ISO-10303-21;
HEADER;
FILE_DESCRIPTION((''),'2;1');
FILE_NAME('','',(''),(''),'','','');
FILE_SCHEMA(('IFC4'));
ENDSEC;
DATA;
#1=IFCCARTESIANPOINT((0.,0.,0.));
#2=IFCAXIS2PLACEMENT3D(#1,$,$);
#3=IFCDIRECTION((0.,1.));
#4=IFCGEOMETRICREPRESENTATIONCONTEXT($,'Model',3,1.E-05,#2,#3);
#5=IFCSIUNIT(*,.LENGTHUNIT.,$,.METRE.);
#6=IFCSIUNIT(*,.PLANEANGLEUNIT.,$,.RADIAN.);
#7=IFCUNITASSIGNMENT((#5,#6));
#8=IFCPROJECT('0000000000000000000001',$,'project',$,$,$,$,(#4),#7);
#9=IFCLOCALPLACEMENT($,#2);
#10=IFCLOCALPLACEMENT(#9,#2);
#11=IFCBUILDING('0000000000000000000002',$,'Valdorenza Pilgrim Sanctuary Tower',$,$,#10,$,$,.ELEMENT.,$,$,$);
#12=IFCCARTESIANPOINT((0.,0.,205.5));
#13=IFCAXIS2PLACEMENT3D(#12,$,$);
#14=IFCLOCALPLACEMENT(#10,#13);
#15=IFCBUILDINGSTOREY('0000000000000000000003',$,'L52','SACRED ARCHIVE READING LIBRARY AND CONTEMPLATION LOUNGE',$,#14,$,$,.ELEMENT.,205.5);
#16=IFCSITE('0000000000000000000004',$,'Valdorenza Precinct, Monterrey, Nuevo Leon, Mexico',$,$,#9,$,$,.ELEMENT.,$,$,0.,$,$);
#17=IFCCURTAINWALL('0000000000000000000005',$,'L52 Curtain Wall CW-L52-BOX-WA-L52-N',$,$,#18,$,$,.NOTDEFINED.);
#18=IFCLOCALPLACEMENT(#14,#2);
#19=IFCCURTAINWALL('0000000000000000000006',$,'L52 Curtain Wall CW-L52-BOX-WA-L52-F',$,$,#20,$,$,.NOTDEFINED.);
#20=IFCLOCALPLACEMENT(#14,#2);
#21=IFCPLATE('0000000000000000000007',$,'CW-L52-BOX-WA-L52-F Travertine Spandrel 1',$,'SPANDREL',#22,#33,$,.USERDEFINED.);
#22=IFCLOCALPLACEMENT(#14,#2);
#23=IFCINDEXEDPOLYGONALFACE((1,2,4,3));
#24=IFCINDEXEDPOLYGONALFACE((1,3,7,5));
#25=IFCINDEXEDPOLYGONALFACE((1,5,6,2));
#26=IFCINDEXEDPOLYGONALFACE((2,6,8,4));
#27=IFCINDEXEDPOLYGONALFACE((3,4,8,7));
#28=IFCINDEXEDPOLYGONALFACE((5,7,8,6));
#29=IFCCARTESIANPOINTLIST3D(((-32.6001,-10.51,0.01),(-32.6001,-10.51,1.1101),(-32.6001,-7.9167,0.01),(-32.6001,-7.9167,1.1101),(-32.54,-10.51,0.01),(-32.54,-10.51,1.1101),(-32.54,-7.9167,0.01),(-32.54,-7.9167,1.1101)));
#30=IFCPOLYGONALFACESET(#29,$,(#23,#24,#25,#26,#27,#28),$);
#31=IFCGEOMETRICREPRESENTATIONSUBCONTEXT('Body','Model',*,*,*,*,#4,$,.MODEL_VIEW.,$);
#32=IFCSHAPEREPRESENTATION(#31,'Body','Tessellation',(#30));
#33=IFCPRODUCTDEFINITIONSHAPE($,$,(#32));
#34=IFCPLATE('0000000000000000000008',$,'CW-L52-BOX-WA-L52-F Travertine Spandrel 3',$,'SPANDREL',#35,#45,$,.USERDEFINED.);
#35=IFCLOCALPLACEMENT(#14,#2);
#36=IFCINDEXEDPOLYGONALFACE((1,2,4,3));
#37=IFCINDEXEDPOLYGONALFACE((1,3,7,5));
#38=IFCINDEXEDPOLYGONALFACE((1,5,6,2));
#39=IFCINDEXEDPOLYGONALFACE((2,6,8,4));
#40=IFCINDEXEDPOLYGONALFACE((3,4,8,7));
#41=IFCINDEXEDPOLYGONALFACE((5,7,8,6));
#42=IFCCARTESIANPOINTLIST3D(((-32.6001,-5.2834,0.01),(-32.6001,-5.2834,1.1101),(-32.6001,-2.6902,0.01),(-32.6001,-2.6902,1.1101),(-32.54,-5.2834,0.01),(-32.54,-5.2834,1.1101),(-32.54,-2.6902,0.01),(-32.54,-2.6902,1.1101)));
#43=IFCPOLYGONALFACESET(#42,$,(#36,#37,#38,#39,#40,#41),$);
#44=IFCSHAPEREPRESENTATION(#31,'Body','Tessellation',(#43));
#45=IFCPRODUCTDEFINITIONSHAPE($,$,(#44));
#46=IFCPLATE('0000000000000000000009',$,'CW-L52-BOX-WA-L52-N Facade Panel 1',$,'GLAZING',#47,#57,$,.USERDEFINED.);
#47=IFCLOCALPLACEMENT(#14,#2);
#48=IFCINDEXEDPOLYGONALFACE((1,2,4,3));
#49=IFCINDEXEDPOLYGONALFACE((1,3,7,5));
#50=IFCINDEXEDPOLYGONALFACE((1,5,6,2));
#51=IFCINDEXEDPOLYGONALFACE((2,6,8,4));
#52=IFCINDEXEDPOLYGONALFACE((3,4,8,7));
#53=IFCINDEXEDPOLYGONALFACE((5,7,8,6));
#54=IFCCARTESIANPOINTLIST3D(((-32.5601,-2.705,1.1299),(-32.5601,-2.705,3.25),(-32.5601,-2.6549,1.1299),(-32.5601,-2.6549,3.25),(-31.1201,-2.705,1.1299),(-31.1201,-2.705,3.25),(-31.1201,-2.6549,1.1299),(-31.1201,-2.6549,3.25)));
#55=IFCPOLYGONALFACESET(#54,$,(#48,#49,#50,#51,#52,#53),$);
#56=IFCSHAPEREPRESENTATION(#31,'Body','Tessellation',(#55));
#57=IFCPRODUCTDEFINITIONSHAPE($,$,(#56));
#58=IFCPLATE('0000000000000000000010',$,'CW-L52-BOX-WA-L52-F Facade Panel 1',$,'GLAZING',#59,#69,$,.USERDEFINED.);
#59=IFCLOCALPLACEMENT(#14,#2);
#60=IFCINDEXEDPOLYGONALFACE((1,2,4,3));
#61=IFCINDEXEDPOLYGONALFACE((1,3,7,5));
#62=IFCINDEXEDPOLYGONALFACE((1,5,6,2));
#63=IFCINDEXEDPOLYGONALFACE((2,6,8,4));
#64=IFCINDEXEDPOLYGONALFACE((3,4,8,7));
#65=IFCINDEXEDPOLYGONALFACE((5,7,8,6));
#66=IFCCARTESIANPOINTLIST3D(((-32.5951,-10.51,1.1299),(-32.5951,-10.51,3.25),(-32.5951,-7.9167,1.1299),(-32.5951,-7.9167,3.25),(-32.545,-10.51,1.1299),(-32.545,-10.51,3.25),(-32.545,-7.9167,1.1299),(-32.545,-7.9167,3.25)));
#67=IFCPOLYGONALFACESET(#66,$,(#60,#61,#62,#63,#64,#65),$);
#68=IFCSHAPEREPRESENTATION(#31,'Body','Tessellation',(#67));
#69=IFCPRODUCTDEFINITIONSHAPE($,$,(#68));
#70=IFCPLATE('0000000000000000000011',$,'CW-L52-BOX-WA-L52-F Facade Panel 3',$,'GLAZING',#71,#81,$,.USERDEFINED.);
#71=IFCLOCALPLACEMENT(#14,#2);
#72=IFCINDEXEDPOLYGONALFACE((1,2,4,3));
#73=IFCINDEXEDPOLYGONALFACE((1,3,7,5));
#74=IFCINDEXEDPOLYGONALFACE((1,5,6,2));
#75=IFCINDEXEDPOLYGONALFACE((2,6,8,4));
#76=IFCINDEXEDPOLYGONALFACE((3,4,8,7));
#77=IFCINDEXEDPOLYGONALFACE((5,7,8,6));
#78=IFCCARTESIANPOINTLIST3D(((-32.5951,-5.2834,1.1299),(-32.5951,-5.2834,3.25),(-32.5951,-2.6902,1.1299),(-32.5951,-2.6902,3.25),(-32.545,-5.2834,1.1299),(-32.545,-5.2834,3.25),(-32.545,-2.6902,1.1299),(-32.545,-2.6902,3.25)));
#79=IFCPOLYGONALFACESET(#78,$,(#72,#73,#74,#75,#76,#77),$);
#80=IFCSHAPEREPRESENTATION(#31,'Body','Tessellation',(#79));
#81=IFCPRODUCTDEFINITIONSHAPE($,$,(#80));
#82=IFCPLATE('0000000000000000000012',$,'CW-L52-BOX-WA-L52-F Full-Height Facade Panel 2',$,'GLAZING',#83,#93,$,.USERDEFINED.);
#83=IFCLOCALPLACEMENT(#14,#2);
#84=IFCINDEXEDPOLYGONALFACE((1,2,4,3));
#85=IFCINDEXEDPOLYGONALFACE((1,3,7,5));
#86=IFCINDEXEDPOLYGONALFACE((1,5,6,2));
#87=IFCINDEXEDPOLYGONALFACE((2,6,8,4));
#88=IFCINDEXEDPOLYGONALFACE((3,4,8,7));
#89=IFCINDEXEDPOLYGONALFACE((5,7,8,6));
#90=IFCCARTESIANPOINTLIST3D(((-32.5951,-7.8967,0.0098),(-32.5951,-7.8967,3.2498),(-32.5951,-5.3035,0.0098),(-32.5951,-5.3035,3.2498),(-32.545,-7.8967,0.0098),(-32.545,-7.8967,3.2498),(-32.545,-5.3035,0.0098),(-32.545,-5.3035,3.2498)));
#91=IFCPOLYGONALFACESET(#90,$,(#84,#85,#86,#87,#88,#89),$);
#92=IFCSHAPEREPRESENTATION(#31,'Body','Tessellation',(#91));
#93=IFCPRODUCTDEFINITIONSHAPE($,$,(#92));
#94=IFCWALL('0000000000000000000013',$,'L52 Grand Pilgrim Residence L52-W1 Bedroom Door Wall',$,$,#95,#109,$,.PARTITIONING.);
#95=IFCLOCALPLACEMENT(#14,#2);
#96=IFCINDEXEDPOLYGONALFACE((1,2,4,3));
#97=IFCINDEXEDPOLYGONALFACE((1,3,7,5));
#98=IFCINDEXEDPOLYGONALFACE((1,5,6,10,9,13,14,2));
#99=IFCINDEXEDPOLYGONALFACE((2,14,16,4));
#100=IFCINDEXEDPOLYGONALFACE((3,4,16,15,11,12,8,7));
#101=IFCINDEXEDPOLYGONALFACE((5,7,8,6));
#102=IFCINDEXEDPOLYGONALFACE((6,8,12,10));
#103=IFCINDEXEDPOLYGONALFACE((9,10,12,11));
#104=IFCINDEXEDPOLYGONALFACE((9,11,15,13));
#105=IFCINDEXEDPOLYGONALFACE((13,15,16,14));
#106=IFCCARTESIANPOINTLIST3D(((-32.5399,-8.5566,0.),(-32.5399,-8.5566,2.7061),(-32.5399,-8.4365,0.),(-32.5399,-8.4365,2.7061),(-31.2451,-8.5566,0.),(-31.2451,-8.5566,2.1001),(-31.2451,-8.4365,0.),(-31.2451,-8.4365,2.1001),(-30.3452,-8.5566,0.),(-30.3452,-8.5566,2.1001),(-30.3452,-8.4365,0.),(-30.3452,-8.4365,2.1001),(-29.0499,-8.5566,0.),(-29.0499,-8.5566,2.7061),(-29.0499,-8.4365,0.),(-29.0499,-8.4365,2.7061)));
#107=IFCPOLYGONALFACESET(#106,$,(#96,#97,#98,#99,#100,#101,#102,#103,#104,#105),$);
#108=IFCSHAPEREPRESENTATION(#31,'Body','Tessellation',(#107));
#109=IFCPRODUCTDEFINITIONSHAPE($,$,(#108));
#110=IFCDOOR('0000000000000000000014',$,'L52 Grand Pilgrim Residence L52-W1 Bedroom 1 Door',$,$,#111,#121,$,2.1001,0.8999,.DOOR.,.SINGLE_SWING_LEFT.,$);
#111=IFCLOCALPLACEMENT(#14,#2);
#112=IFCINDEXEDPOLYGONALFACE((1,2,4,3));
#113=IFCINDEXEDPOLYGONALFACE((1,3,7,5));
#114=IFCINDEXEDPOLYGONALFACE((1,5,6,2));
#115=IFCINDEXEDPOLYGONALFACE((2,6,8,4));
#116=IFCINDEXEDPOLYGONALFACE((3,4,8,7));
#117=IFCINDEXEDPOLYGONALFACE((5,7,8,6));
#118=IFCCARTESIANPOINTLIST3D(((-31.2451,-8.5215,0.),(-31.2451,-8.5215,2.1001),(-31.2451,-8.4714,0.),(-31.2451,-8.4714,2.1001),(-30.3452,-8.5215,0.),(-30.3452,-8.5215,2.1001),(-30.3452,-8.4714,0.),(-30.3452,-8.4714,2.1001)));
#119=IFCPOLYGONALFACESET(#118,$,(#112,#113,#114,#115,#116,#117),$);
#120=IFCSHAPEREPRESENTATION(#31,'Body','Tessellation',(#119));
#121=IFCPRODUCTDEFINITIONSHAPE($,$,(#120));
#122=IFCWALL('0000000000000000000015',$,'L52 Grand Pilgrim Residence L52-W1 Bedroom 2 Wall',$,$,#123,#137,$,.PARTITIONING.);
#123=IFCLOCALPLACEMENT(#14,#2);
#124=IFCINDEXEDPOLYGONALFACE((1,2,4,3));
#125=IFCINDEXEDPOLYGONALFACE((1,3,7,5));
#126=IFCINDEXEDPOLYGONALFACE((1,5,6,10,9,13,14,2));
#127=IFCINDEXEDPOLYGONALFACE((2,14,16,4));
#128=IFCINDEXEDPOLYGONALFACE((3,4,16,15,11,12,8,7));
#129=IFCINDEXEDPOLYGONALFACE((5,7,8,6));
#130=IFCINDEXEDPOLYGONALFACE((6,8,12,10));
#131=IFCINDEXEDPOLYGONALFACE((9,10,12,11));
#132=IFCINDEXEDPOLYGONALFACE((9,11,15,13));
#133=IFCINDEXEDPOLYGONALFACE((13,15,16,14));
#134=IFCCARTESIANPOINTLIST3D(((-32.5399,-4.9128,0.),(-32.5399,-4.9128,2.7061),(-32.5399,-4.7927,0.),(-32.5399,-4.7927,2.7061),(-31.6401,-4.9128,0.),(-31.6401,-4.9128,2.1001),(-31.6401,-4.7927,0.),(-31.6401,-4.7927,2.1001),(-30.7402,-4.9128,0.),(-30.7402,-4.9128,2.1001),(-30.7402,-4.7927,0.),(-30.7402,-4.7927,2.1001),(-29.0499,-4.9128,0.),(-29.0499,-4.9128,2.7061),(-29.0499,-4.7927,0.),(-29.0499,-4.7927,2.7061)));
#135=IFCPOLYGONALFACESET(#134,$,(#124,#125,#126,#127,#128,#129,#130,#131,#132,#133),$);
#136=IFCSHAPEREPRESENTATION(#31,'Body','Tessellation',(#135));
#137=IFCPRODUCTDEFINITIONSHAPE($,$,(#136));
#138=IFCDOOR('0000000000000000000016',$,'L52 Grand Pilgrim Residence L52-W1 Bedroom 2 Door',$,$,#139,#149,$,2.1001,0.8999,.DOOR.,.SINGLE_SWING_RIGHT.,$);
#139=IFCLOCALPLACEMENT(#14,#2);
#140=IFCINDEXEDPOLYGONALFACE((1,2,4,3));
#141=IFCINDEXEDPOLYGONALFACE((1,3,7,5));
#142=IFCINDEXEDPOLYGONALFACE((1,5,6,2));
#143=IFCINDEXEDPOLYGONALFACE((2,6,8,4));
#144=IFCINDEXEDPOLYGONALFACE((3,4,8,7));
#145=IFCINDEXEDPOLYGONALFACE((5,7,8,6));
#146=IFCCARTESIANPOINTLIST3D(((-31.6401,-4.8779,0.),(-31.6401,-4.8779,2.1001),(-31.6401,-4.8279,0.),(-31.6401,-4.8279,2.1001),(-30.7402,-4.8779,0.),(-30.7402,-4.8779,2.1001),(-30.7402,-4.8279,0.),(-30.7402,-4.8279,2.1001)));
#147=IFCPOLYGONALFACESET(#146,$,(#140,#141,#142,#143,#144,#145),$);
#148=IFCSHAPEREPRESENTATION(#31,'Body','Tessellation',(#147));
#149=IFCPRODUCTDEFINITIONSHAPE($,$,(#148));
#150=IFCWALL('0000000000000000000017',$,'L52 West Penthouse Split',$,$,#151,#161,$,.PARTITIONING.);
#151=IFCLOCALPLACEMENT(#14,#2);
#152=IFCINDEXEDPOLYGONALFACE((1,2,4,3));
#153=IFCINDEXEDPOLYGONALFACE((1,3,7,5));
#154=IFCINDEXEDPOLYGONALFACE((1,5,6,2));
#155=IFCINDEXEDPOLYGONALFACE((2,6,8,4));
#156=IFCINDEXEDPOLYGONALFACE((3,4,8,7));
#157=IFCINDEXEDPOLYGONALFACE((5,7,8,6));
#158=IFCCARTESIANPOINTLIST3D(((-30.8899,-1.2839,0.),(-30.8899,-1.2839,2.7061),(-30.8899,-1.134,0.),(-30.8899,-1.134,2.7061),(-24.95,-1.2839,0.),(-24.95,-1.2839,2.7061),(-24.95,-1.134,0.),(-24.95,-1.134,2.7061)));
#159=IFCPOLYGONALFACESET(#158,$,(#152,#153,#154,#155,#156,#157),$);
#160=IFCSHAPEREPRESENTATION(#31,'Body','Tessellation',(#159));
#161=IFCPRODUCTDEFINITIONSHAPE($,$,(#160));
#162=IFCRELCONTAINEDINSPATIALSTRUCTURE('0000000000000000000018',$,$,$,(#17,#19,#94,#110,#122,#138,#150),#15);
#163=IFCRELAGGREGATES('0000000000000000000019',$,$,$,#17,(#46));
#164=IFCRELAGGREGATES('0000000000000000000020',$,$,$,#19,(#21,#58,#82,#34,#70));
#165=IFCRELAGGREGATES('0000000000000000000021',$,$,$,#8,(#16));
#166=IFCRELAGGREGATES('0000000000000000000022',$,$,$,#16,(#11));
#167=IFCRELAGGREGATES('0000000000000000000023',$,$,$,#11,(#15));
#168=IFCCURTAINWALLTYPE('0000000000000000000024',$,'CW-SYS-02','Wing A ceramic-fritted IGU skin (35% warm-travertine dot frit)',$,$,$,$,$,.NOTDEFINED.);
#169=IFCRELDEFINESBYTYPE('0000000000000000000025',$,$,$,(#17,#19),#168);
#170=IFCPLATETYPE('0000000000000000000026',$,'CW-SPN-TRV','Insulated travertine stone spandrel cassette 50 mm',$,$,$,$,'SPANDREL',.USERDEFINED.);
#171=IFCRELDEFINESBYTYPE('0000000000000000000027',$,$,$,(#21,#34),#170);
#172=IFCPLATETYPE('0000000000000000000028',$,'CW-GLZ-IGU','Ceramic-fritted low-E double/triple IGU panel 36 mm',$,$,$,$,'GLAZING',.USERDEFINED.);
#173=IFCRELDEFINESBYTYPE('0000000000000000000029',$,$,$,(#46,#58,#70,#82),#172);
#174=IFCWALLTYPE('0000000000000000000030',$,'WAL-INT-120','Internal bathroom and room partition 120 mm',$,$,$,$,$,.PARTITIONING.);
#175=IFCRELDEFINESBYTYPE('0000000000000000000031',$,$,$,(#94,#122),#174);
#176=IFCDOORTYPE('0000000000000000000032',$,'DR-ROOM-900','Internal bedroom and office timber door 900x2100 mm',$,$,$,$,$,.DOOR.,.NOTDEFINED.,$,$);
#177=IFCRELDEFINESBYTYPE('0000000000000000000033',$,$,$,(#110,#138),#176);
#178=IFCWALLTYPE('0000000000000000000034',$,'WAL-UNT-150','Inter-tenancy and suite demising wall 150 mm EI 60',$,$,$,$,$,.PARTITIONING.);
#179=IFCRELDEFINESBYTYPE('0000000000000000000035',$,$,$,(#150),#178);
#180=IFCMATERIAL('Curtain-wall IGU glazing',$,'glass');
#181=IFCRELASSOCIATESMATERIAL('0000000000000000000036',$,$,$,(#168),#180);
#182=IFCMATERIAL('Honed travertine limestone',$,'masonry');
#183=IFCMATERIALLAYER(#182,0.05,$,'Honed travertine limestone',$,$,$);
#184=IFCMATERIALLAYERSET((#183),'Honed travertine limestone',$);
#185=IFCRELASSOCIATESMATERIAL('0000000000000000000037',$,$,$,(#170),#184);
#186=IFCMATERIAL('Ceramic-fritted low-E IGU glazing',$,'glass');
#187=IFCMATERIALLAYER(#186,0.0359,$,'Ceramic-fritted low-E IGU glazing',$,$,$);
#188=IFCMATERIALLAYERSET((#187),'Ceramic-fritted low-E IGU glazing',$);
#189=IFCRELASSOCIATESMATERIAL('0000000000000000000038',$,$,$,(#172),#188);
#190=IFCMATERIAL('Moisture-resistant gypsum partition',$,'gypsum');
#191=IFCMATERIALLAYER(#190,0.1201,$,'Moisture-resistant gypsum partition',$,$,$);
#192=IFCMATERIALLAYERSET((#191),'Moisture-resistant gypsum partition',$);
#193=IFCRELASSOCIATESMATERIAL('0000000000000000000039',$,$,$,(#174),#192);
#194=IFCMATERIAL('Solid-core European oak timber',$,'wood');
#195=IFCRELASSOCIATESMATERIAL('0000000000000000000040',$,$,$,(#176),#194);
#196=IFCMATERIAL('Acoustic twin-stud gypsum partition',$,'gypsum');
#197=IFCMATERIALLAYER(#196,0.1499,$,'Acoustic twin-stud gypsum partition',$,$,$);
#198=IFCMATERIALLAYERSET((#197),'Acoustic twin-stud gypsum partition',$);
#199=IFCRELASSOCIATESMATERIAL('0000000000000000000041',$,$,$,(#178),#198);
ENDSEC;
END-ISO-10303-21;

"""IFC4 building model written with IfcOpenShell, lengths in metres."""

from ifc_helpers import new_model, si_unit, direction, frame, frame_2d, origin, origin_2d, place, context, subcontext, project, spatial, rectangle, extrude, source, transform, mapped, material, layer, layer_set, type_object, element, fill, aggregate, save


model = new_model("IFC4")

# Units and contexts
model_context = context("Model", 3, precision=1e-05, world=origin(), true_north=direction((0.0, 1.0)))
body_context = subcontext(model_context, "Body", "Model", "MODEL_VIEW")
ifc_project = project(units=[si_unit("LENGTHUNIT", "METRE"), si_unit("PLANEANGLEUNIT", "RADIAN")], contexts=[model_context])

# Site, building, storey
site_placement = place(None, origin())
site = spatial("IfcSite", under=ifc_project, at=site_placement, Name="Valdorenza Precinct, Monterrey, Nuevo Leon, Mexico", CompositionType="ELEMENT", RefElevation=0.0)
building_placement = place(site_placement, origin())
building = spatial("IfcBuilding", under=site, at=building_placement, Name="Valdorenza Pilgrim Sanctuary Tower", CompositionType="ELEMENT")
storey_placement = place(building_placement, frame((0.0, 0.0, 205.5)))
storey = spatial("IfcBuildingStorey", under=building, at=storey_placement, Name="L52", Description="SACRED ARCHIVE READING LIBRARY AND CONTEMPLATION LOUNGE", CompositionType="ELEMENT", Elevation=205.5)

# Curtain wall
ifc_material_1 = material(Name="Curtain-wall IGU glazing", Category="glass")
curtain_wall_type = type_object("IfcCurtainWallType", Name="CW-SYS-02", Description="Wing A ceramic-fritted IGU skin (35% warm-travertine dot frit)", PredefinedType="NOTDEFINED", material=ifc_material_1)
curtain_wall_1_placement = place(storey_placement, origin())
curtain_wall_1 = element("IfcCurtainWall", 1, at=curtain_wall_1_placement, inside=storey, type_object=curtain_wall_type, Name="L52 Curtain Wall CW-L52-BOX-WA-L52-N", PredefinedType="NOTDEFINED")

# Curtain wall
curtain_wall_2_placement = place(storey_placement, origin())
curtain_wall_2 = element("IfcCurtainWall", 2, at=curtain_wall_2_placement, inside=storey, type_object=curtain_wall_type, Name="L52 Curtain Wall CW-L52-BOX-WA-L52-F", PredefinedType="NOTDEFINED")

# Plates
ifc_material_2 = material(Name="Honed travertine limestone", Category="masonry")
ifc_layer_1 = layer(ifc_material_2, 0.05, Name="Honed travertine limestone")
ifc_layer_set_1 = layer_set([ifc_layer_1], Name="Honed travertine limestone")
plate_type_1 = type_object("IfcPlateType", Name="CW-SPN-TRV", Description="Insulated travertine stone spandrel cassette 50 mm", ElementType="SPANDREL", PredefinedType="USERDEFINED", material=ifc_layer_set_1)
shared_shape_1 = source(origin(), body_context, "Body", "SweptSolid", [
    extrude(rectangle(XDim=2.5933, YDim=0.0601, at=origin_2d()), origin(), (0.0, 0.0, 1.0), 1.1001),
])
plate_1_placement = place(storey_placement, frame((-32.5701, -9.2134, 0.01), z_axis=(0.0, 0.0, 1.0), x_axis=(0.0, 1.0, 0.0)))
plate_1 = element("IfcPlate", 3, at=plate_1_placement, type_object=plate_type_1, Name="CW-L52-BOX-WA-L52-F Travertine Spandrel 1", ObjectType="SPANDREL", PredefinedType="USERDEFINED", context=body_context, shape_type="MappedRepresentation", body=[
    mapped(shared_shape_1, transform((0.0, 0.0, 0.0), x_axis=(1.0, 0.0, 0.0), y_axis=(0.0, 1.0, 0.0), z_axis=(0.0, 0.0, 1.0), scale=1.0)),
])
plate_2_placement = place(storey_placement, frame((-32.5701, -3.9868, 0.01), z_axis=(0.0, 0.0, 1.0), x_axis=(0.0, 1.0, 0.0)))
plate_2 = element("IfcPlate", 4, at=plate_2_placement, type_object=plate_type_1, Name="CW-L52-BOX-WA-L52-F Travertine Spandrel 3", ObjectType="SPANDREL", PredefinedType="USERDEFINED", context=body_context, shape_type="MappedRepresentation", body=[
    mapped(shared_shape_1, transform((0.0, 0.0, 0.0), x_axis=(1.0, 0.0, 0.0), y_axis=(0.0, 1.0, 0.0), z_axis=(0.0, 0.0, 1.0), scale=1.0)),
])
ifc_material_3 = material(Name="Ceramic-fritted low-E IGU glazing", Category="glass")
ifc_layer_2 = layer(ifc_material_3, 0.0359, Name="Ceramic-fritted low-E IGU glazing")
ifc_layer_set_2 = layer_set([ifc_layer_2], Name="Ceramic-fritted low-E IGU glazing")
plate_type_2 = type_object("IfcPlateType", Name="CW-GLZ-IGU", Description="Ceramic-fritted low-E double/triple IGU panel 36 mm", ElementType="GLAZING", PredefinedType="USERDEFINED", material=ifc_layer_set_2)
shared_shape_2 = source(origin(), body_context, "Body", "SweptSolid", [
    extrude(rectangle(XDim=1.4399, YDim=0.05, at=origin_2d()), origin(), (0.0, 0.0, 1.0), 2.1201),
])
plate_3_placement = place(storey_placement, frame((-31.8401, -2.6799, 1.1299), z_axis=(0.0, 0.0, 1.0), x_axis=(1.0, 0.0, 0.0)))
plate_3 = element("IfcPlate", 5, at=plate_3_placement, type_object=plate_type_2, Name="CW-L52-BOX-WA-L52-N Facade Panel 1", ObjectType="GLAZING", PredefinedType="USERDEFINED", context=body_context, shape_type="MappedRepresentation", body=[
    mapped(shared_shape_2, transform((0.0, 0.0, 0.0), x_axis=(1.0, 0.0, 0.0), y_axis=(0.0, 1.0, 0.0), z_axis=(0.0, 0.0, 1.0), scale=1.0)),
])
aggregate(curtain_wall_1, [plate_3])
shared_shape_3 = source(origin(), body_context, "Body", "SweptSolid", [
    extrude(rectangle(XDim=2.5933, YDim=0.05, at=origin_2d()), origin(), (0.0, 0.0, 1.0), 2.1201),
])
plate_4_placement = place(storey_placement, frame((-32.5701, -9.2134, 1.1299), z_axis=(0.0, 0.0, 1.0), x_axis=(0.0, 1.0, 0.0)))
plate_4 = element("IfcPlate", 6, at=plate_4_placement, type_object=plate_type_2, Name="CW-L52-BOX-WA-L52-F Facade Panel 1", ObjectType="GLAZING", PredefinedType="USERDEFINED", context=body_context, shape_type="MappedRepresentation", body=[
    mapped(shared_shape_3, transform((0.0, 0.0, 0.0), x_axis=(1.0, 0.0, 0.0), y_axis=(0.0, 1.0, 0.0), z_axis=(0.0, 0.0, 1.0), scale=1.0)),
])
plate_5_placement = place(storey_placement, frame((-32.5701, -3.9868, 1.1299), z_axis=(0.0, 0.0, 1.0), x_axis=(0.0, 1.0, 0.0)))
plate_5 = element("IfcPlate", 7, at=plate_5_placement, type_object=plate_type_2, Name="CW-L52-BOX-WA-L52-F Facade Panel 3", ObjectType="GLAZING", PredefinedType="USERDEFINED", context=body_context, shape_type="MappedRepresentation", body=[
    mapped(shared_shape_3, transform((0.0, 0.0, 0.0), x_axis=(1.0, 0.0, 0.0), y_axis=(0.0, 1.0, 0.0), z_axis=(0.0, 0.0, 1.0), scale=1.0)),
])
shared_shape_4 = source(origin(), body_context, "Body", "SweptSolid", [
    extrude(rectangle(XDim=2.5933, YDim=0.05, at=origin_2d()), origin(), (0.0, 0.0, 1.0), 3.24),
])
plate_6_placement = place(storey_placement, frame((-32.5701, -6.6001, 0.0098), z_axis=(0.0, 0.0, 1.0), x_axis=(0.0, 1.0, 0.0)))
plate_6 = element("IfcPlate", 8, at=plate_6_placement, type_object=plate_type_2, Name="CW-L52-BOX-WA-L52-F Full-Height Facade Panel 2", ObjectType="GLAZING", PredefinedType="USERDEFINED", context=body_context, shape_type="MappedRepresentation", body=[
    mapped(shared_shape_4, transform((0.0, 0.0, 0.0), x_axis=(1.0, 0.0, 0.0), y_axis=(0.0, 1.0, 0.0), z_axis=(0.0, 0.0, 1.0), scale=1.0)),
])
aggregate(curtain_wall_2, [plate_1, plate_4, plate_6, plate_2, plate_5])

# Walls, openings, doors
ifc_material_4 = material(Name="Moisture-resistant gypsum partition", Category="gypsum")
ifc_layer_3 = layer(ifc_material_4, 0.1201, Name="Moisture-resistant gypsum partition")
ifc_layer_set_3 = layer_set([ifc_layer_3], Name="Moisture-resistant gypsum partition")
wall_type_1 = type_object("IfcWallType", Name="WAL-INT-120", Description="Internal bathroom and room partition 120 mm", PredefinedType="PARTITIONING", material=ifc_layer_set_3)
wall_1_placement = place(storey_placement, frame((-32.54, -8.4966, 0.0), z_axis=(0.0, 0.0, 1.0), x_axis=(1.0, 0.0, 0.0)))
wall_1 = element("IfcWall", 9, at=wall_1_placement, inside=storey, type_object=wall_type_1, Name="L52 Grand Pilgrim Residence L52-W1 Bedroom Door Wall", PredefinedType="PARTITIONING", context=body_context, shape_type="SweptSolid", body=[
    extrude(rectangle(XDim=3.49, YDim=0.1201, at=frame_2d((1.7451, 0.0))), origin(), (0.0, 0.0, 1.0), 2.7061),
])
opening_1_placement = place(wall_1_placement, frame((1.2949, 0.0, 0.0)))
opening_1 = element("IfcOpeningElement", 10, at=opening_1_placement, cuts=wall_1, PredefinedType="OPENING", context=body_context, shape_type="SweptSolid", body=[
    extrude(rectangle(XDim=0.8999, YDim=2.1001, at=frame_2d((0.45, 1.05))), frame((0.0, 0.075, 0.0), z_axis=(0.0, -1.0, 0.0), x_axis=(1.0, 0.0, 0.0)), (0.0, 0.0, 1.0), 0.1499),
])
ifc_material_5 = material(Name="Solid-core European oak timber", Category="wood")
door_type = type_object("IfcDoorType", Name="DR-ROOM-900", Description="Internal bedroom and office timber door 900x2100 mm", OperationType="NOTDEFINED", PredefinedType="DOOR", material=ifc_material_5)
door_1_placement = place(opening_1_placement, frame((0.8999, 0.0, 0.0), z_axis=(0.0, 0.0, 1.0), x_axis=(-1.0, 0.0, 0.0)))
door_1 = element("IfcDoor", 11, at=door_1_placement, inside=storey, type_object=door_type, Name="L52 Grand Pilgrim Residence L52-W1 Bedroom 1 Door", OperationType="SINGLE_SWING_LEFT", OverallHeight=2.1001, OverallWidth=0.8999, PredefinedType="DOOR", context=body_context, shape_type="SweptSolid", body=[
    extrude(rectangle(XDim=0.8999, YDim=2.1001, at=frame_2d((0.45, 1.05))), frame((0.0, 0.0249, 0.0), z_axis=(0.0, -1.0, 0.0), x_axis=(1.0, 0.0, 0.0)), (0.0, 0.0, 1.0), 0.05),
])
fill(opening_1, door_1)
wall_2_placement = place(storey_placement, frame((-32.54, -4.8528, 0.0), z_axis=(0.0, 0.0, 1.0), x_axis=(1.0, 0.0, 0.0)))
wall_2 = element("IfcWall", 12, at=wall_2_placement, inside=storey, type_object=wall_type_1, Name="L52 Grand Pilgrim Residence L52-W1 Bedroom 2 Wall", PredefinedType="PARTITIONING", context=body_context, shape_type="SweptSolid", body=[
    extrude(rectangle(XDim=3.49, YDim=0.1201, at=frame_2d((1.7451, 0.0))), origin(), (0.0, 0.0, 1.0), 2.7061),
])
opening_2_placement = place(wall_2_placement, frame((0.8999, 0.0, 0.0)))
opening_2 = element("IfcOpeningElement", 13, at=opening_2_placement, cuts=wall_2, PredefinedType="OPENING", context=body_context, shape_type="SweptSolid", body=[
    extrude(rectangle(XDim=0.8999, YDim=2.1001, at=frame_2d((0.45, 1.05))), frame((0.0, 0.075, 0.0), z_axis=(0.0, -1.0, 0.0), x_axis=(1.0, 0.0, 0.0)), (0.0, 0.0, 1.0), 0.1499),
])
door_2_placement = place(opening_2_placement, origin())
door_2 = element("IfcDoor", 14, at=door_2_placement, inside=storey, type_object=door_type, Name="L52 Grand Pilgrim Residence L52-W1 Bedroom 2 Door", OperationType="SINGLE_SWING_RIGHT", OverallHeight=2.1001, OverallWidth=0.8999, PredefinedType="DOOR", context=body_context, shape_type="SweptSolid", body=[
    extrude(rectangle(XDim=0.8999, YDim=2.1001, at=frame_2d((0.45, 1.05))), frame((0.0, 0.0249, 0.0), z_axis=(0.0, -1.0, 0.0), x_axis=(1.0, 0.0, 0.0)), (0.0, 0.0, 1.0), 0.05),
])
fill(opening_2, door_2)

# Wall
ifc_material_6 = material(Name="Acoustic twin-stud gypsum partition", Category="gypsum")
ifc_layer_4 = layer(ifc_material_6, 0.1499, Name="Acoustic twin-stud gypsum partition")
ifc_layer_set_4 = layer_set([ifc_layer_4], Name="Acoustic twin-stud gypsum partition")
wall_type_2 = type_object("IfcWallType", Name="WAL-UNT-150", Description="Inter-tenancy and suite demising wall 150 mm EI 60", PredefinedType="PARTITIONING", material=ifc_layer_set_4)
wall_3_placement = place(storey_placement, frame((-30.8899, -1.209, 0.0), z_axis=(0.0, 0.0, 1.0), x_axis=(1.0, 0.0, 0.0)))
element("IfcWall", 15, at=wall_3_placement, inside=storey, type_object=wall_type_2, Name="L52 West Penthouse Split", PredefinedType="PARTITIONING", context=body_context, shape_type="SweptSolid", body=[
    extrude(rectangle(XDim=5.9399, YDim=0.1499, at=frame_2d((2.97, 0.0))), origin(), (0.0, 0.0, 1.0), 2.7061),
])

save(model, "model.ifc")
